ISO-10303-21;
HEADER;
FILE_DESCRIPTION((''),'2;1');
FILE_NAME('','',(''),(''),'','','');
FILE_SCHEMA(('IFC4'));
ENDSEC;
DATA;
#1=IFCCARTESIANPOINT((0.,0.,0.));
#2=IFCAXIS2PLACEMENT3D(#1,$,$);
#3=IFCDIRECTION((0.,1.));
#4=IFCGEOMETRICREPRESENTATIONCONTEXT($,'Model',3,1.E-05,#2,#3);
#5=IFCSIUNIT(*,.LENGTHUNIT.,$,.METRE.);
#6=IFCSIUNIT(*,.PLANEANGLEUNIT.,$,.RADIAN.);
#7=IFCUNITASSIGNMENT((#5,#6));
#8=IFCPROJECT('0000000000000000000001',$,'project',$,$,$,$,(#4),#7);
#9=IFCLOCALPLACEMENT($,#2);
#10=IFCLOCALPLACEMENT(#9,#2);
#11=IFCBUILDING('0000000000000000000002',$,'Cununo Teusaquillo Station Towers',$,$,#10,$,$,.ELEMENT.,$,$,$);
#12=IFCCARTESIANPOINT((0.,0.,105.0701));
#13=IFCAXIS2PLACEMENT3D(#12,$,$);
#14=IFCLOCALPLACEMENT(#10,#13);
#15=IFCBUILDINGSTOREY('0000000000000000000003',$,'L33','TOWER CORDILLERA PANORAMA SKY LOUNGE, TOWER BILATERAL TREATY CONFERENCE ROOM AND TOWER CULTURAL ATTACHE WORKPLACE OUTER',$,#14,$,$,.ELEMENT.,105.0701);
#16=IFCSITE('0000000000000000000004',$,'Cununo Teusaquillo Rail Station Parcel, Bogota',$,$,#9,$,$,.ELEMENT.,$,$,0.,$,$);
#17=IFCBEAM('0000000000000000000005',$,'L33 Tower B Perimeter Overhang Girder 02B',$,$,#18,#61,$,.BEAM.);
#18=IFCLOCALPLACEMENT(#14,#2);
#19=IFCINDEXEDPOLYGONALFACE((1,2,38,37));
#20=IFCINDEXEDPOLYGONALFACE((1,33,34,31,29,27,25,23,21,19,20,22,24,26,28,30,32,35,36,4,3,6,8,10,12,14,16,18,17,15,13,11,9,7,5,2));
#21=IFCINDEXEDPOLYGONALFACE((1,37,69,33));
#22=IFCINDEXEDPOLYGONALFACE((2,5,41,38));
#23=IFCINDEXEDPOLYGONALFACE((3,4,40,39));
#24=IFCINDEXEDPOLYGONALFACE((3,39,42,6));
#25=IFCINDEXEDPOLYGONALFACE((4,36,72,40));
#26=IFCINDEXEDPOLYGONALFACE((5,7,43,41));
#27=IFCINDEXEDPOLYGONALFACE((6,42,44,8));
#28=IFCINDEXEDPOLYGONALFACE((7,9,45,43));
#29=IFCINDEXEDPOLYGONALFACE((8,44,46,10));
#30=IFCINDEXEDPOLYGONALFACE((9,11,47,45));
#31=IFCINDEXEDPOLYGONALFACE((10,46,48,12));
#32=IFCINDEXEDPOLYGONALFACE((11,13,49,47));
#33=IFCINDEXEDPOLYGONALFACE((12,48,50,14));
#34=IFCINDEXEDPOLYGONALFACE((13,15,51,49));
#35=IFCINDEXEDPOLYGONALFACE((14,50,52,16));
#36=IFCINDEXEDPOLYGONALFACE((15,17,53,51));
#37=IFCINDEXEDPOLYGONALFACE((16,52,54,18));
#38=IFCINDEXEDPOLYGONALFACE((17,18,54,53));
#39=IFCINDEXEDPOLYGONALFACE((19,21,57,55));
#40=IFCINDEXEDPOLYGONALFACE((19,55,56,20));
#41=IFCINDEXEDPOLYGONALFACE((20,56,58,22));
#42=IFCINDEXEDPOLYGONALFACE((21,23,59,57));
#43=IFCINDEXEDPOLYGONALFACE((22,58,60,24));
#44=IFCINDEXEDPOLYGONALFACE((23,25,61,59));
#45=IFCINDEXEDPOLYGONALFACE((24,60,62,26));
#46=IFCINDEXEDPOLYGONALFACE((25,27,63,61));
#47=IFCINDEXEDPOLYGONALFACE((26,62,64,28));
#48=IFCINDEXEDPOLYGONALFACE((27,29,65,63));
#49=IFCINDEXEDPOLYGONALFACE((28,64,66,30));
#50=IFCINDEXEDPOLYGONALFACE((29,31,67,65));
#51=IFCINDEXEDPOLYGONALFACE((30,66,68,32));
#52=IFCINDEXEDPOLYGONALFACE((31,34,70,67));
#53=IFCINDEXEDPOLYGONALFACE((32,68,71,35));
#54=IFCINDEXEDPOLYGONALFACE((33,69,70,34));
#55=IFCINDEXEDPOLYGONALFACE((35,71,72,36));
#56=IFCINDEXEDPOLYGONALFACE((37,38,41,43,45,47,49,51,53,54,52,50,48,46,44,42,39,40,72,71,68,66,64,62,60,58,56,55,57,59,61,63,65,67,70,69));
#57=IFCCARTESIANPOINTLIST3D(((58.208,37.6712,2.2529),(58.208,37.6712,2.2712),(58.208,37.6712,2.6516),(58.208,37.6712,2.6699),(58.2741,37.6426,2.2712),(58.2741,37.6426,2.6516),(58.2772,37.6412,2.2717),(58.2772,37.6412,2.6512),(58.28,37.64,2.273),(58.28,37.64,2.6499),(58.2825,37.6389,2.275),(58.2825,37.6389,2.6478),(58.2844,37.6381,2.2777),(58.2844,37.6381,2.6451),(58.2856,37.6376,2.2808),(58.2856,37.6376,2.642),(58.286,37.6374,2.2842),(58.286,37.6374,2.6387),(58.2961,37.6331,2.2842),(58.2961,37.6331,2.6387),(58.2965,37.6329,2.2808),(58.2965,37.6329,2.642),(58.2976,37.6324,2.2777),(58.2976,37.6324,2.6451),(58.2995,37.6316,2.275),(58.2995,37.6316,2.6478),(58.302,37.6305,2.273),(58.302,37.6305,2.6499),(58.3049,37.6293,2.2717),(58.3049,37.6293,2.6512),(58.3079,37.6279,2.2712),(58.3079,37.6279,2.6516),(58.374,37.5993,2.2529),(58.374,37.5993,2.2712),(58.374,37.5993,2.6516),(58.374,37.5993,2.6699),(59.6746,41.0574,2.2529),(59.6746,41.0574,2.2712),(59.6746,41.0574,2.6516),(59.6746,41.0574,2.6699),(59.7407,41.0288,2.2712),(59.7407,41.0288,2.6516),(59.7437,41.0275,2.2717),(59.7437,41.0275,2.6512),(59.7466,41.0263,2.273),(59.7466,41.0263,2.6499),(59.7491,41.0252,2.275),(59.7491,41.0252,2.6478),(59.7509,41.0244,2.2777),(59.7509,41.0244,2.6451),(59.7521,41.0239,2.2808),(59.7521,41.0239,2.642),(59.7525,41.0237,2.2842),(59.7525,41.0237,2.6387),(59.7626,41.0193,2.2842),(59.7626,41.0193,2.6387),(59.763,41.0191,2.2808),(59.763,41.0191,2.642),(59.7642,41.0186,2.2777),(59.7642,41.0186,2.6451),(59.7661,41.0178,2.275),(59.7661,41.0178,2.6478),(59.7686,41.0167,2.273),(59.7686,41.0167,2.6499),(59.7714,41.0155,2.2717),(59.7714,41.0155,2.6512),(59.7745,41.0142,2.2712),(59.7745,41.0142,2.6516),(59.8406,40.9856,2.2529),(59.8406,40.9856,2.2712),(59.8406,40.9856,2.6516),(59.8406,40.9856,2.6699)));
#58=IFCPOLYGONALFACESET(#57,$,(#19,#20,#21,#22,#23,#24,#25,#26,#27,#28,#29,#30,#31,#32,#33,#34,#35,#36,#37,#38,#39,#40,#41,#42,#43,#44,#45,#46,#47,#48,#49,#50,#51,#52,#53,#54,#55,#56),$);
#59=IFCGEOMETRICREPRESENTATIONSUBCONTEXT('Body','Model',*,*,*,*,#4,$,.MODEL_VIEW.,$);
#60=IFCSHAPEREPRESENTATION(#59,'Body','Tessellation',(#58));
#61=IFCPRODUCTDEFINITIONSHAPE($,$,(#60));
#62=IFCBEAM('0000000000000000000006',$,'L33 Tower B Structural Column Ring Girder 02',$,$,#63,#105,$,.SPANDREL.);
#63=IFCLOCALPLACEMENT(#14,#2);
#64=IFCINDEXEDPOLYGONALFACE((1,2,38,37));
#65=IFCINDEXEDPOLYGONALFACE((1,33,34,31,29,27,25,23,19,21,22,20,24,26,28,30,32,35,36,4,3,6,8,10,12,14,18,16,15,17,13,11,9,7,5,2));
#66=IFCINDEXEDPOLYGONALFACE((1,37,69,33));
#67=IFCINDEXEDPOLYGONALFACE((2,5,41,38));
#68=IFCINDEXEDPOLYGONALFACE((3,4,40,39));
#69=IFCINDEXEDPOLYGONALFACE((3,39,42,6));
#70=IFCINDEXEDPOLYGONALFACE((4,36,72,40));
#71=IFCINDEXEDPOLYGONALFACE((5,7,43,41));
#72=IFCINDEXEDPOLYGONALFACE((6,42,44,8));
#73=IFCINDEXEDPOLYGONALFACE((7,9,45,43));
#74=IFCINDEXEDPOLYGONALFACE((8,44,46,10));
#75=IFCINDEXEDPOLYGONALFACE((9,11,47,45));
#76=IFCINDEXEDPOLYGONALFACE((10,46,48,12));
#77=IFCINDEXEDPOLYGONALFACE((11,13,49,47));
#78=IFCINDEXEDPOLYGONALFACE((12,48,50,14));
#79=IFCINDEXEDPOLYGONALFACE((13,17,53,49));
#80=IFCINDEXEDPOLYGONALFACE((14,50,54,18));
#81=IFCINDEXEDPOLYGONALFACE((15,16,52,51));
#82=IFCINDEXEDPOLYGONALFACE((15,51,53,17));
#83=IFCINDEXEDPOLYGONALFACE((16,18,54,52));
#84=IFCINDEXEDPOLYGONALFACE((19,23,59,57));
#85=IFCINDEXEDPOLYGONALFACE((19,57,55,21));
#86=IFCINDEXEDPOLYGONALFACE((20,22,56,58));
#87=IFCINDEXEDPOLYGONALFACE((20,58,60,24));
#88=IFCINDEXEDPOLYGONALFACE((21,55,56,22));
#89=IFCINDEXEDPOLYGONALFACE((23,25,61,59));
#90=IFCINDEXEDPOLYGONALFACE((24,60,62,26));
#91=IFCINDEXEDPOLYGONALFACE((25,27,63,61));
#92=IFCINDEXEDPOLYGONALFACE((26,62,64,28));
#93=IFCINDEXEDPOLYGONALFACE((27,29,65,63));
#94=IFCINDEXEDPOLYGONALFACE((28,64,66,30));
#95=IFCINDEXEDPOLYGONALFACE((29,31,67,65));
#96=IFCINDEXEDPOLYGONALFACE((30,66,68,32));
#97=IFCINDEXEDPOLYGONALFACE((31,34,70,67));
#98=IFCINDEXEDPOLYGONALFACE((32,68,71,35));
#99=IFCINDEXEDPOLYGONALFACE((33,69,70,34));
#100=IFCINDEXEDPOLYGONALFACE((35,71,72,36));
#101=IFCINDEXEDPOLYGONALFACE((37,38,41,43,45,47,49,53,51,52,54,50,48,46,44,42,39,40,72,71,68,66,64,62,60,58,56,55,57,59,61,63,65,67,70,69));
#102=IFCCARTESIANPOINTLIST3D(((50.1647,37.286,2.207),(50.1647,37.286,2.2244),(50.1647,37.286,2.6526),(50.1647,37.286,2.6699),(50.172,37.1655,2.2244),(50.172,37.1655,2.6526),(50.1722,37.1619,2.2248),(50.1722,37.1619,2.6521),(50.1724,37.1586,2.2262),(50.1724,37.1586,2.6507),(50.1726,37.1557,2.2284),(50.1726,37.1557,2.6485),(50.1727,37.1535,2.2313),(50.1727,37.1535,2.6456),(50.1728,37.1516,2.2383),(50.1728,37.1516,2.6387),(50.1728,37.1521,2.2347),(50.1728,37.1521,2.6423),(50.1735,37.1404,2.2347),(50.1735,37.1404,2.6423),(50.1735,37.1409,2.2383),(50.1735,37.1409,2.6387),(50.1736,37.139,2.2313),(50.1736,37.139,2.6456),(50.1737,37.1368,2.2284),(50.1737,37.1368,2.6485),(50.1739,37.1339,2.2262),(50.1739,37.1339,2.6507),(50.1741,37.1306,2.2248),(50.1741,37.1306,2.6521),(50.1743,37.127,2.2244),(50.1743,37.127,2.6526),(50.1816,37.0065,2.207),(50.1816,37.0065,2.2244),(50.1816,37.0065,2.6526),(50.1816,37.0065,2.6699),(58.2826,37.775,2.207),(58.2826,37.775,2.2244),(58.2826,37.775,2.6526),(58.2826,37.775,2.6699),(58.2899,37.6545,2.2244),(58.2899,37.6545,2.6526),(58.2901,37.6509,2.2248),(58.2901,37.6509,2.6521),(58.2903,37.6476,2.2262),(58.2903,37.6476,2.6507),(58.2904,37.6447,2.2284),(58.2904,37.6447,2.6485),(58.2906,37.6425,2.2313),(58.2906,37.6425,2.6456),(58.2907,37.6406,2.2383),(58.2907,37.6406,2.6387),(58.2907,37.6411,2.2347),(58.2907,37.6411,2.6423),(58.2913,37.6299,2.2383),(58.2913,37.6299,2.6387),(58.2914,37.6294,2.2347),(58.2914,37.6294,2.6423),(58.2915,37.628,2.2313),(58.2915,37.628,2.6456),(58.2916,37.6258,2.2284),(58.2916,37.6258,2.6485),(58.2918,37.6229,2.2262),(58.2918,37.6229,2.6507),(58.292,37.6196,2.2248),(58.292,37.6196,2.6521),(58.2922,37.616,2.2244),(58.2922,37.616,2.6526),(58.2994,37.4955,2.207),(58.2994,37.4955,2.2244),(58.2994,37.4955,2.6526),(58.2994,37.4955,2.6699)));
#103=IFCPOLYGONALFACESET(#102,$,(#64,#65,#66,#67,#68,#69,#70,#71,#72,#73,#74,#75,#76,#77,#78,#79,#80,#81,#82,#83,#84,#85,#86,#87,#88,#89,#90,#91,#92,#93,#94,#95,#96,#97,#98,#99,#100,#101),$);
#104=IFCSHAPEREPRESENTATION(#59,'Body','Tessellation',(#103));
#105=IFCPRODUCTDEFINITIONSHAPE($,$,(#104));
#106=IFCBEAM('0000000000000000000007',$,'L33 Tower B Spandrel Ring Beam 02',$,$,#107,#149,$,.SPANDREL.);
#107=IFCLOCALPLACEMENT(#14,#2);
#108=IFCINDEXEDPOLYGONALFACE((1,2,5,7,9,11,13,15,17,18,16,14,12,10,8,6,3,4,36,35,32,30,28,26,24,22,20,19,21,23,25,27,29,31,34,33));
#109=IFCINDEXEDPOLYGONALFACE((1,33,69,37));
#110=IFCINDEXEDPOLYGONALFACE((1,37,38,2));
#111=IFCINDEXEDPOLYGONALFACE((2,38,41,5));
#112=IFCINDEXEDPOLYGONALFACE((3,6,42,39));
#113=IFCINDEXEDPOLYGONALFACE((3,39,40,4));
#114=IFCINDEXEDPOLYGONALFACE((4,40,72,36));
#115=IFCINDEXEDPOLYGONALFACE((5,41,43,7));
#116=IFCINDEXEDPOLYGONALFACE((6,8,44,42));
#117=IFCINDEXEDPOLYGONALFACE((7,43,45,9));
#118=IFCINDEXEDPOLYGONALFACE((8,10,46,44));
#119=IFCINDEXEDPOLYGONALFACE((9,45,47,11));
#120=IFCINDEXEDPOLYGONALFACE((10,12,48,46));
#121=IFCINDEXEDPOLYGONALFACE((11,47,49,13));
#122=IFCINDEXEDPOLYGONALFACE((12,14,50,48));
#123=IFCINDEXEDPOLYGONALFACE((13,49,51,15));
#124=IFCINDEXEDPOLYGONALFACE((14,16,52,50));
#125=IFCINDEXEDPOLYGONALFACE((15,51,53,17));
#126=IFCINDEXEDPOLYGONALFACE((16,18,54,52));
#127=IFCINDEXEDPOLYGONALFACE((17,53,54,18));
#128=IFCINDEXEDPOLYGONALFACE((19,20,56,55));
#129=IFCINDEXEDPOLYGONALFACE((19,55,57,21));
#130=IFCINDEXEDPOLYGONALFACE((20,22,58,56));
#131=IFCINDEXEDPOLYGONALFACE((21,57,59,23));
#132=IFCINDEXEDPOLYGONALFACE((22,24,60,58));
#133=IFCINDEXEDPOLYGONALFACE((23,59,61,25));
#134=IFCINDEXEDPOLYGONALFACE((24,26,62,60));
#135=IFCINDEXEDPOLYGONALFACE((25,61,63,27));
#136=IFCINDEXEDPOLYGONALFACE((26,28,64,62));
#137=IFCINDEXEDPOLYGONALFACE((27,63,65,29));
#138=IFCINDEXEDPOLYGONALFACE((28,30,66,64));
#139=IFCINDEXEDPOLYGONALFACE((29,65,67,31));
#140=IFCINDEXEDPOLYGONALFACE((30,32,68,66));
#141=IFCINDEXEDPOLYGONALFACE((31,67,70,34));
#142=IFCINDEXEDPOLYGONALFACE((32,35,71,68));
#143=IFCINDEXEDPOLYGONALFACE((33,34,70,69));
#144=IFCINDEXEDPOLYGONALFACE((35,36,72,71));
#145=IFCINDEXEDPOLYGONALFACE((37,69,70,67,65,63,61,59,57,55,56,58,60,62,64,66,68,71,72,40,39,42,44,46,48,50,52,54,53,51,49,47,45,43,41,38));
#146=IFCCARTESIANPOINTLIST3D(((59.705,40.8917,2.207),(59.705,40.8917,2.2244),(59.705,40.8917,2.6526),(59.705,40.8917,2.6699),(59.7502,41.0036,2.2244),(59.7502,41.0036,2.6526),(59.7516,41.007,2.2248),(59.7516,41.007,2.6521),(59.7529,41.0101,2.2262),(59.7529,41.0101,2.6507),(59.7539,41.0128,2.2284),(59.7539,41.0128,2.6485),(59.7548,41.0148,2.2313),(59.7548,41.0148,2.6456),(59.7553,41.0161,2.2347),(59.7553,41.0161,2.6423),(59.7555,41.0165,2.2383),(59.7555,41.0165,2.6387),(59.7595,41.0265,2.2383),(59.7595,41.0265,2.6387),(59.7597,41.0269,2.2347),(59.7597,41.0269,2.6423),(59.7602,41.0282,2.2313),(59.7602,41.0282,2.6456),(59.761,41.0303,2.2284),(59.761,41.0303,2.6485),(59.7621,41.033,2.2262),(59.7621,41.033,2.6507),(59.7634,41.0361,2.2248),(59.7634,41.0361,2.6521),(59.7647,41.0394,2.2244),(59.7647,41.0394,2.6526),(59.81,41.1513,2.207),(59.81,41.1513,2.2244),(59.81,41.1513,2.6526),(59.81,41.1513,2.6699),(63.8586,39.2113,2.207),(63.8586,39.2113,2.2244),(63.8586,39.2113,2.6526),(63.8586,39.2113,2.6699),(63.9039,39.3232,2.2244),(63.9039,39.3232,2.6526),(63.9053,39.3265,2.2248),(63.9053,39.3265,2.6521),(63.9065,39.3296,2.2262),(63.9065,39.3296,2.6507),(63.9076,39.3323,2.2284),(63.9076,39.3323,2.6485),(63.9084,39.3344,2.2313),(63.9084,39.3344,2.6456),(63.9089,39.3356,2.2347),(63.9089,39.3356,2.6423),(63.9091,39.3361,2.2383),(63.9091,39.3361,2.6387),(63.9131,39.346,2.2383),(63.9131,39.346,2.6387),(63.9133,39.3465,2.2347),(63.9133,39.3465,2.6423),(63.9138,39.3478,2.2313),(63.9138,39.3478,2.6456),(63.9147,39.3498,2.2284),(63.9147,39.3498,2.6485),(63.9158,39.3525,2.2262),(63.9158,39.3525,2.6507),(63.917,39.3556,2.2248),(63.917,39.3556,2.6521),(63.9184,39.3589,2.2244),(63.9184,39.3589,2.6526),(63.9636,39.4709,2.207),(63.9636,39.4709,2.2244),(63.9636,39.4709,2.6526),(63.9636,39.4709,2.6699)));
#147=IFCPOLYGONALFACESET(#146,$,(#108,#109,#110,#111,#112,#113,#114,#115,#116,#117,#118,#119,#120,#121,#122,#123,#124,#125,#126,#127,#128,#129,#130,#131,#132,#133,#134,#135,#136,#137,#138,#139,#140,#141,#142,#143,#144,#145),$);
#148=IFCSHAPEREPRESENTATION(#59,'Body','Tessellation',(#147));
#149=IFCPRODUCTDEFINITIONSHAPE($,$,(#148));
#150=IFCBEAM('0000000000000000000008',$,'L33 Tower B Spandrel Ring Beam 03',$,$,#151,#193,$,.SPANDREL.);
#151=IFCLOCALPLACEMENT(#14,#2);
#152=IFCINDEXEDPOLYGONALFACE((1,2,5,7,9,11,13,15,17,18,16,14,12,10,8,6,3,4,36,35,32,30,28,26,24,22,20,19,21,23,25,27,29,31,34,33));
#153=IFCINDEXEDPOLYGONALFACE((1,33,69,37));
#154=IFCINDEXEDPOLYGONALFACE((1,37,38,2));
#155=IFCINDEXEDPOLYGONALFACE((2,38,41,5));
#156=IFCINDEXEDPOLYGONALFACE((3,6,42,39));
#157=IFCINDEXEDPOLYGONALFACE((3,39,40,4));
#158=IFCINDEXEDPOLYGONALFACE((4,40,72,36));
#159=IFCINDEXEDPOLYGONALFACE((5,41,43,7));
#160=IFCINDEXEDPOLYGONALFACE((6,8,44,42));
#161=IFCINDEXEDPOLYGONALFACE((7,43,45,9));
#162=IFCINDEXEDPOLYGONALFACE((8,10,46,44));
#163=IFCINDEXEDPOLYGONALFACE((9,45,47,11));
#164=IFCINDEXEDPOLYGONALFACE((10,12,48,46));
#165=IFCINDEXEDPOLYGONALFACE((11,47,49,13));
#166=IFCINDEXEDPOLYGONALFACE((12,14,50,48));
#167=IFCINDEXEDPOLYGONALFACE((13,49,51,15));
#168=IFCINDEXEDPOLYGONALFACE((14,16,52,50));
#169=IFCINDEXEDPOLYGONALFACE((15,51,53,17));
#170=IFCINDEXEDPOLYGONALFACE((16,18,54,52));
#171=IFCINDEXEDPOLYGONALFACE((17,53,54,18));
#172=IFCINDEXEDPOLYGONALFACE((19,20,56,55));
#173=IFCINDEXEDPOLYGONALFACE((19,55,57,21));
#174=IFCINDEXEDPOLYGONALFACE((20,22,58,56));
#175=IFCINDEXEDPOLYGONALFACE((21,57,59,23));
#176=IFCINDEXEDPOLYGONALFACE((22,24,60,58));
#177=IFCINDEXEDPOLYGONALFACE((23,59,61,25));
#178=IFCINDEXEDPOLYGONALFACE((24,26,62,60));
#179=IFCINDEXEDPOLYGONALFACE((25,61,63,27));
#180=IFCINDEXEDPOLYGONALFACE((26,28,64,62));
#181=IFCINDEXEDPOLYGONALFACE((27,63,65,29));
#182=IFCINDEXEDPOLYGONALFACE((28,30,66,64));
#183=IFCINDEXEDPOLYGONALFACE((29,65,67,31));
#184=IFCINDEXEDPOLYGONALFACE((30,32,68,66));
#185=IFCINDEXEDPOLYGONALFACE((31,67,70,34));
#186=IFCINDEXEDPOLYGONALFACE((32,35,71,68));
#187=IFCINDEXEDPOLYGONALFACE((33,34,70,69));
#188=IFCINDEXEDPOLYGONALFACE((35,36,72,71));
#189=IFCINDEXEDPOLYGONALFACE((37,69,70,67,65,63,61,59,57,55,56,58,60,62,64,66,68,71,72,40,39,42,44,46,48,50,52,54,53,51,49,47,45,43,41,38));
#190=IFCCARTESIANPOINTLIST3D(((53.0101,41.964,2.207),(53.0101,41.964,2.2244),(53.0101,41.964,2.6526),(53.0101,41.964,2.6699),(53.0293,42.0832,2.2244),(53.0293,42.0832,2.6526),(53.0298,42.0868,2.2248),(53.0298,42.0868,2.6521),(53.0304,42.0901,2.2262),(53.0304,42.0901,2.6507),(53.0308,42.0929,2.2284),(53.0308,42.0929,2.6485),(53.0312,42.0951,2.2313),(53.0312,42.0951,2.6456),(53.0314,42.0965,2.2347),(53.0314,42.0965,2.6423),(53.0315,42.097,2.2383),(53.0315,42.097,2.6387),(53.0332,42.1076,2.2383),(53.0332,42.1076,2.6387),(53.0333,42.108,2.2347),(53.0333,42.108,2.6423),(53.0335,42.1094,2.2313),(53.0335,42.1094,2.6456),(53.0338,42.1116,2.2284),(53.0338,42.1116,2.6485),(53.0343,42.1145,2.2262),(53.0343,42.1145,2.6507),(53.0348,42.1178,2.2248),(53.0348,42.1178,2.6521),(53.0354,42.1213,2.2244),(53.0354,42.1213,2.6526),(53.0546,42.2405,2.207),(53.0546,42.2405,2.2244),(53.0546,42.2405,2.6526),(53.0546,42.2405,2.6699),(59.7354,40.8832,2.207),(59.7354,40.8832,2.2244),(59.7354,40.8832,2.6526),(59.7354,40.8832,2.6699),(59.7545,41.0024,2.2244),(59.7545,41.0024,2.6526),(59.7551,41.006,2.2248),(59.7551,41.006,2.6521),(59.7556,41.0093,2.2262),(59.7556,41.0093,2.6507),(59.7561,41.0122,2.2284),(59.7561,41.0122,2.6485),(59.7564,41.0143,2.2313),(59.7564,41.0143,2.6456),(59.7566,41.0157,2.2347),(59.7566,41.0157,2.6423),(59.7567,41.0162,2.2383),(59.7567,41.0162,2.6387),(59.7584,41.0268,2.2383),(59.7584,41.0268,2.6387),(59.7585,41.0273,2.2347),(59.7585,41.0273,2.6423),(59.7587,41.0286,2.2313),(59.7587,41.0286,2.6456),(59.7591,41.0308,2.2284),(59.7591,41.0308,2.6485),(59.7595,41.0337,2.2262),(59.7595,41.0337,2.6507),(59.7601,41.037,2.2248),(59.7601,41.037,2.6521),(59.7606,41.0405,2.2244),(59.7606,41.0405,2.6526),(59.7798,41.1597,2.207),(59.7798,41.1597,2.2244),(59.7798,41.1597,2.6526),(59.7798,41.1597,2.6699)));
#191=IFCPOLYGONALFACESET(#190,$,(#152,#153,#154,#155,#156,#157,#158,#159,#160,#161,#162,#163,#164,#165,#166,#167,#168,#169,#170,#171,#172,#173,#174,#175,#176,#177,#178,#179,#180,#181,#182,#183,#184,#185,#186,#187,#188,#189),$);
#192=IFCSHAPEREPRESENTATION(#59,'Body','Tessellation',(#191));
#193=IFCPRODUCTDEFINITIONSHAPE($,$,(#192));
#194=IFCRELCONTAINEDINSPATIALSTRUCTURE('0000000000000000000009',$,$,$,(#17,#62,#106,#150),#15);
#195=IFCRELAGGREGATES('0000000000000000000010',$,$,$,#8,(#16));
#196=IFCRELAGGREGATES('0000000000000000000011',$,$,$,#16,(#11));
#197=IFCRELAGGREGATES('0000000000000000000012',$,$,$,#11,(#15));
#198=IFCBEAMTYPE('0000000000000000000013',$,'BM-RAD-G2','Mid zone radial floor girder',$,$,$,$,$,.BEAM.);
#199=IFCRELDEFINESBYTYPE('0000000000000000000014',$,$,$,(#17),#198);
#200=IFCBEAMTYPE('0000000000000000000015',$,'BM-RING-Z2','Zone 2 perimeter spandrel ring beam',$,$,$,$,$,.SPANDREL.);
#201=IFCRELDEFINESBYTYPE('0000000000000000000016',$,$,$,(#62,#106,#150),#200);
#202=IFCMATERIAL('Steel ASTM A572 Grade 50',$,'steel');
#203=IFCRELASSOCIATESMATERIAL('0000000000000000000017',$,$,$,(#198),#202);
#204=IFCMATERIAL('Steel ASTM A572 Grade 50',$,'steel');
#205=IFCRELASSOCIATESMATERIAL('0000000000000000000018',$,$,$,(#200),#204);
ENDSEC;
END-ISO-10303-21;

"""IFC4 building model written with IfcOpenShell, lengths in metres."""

from ifc_helpers import new_model, si_unit, direction, frame, origin, origin_2d, place, context, subcontext, project, spatial, i_section, extrude, material, material_profile, profile_set, type_object, element, save


model = new_model("IFC4")

# Units and contexts
model_context = context("Model", 3, precision=1e-05, world=origin(), true_north=direction((0.0, 1.0)))
body_context = subcontext(model_context, "Body", "Model", "MODEL_VIEW")
ifc_project = project(units=[si_unit("LENGTHUNIT", "METRE"), si_unit("PLANEANGLEUNIT", "RADIAN")], contexts=[model_context])

# Site, building, storey
site_placement = place(None, origin())
site = spatial("IfcSite", under=ifc_project, at=site_placement, Name="Cununo Teusaquillo Rail Station Parcel, Bogota", CompositionType="ELEMENT", RefElevation=0.0)
building_placement = place(site_placement, origin())
building = spatial("IfcBuilding", under=site, at=building_placement, Name="Cununo Teusaquillo Station Towers", CompositionType="ELEMENT")
storey_placement = place(building_placement, frame((0.0, 0.0, 105.0701)))
storey = spatial("IfcBuildingStorey", under=building, at=storey_placement, Name="L33", Description="TOWER CORDILLERA PANORAMA SKY LOUNGE, TOWER BILATERAL TREATY CONFERENCE ROOM AND TOWER CULTURAL ATTACHE WORKPLACE OUTER", CompositionType="ELEMENT", Elevation=105.0701)

# Beams
ifc_material_1 = material(Name="Steel ASTM A572 Grade 50", Category="steel")
ifc_material_profile_1 = material_profile(ifc_material_1, i_section(OverallWidth=0.1809, OverallDepth=0.417, WebThickness=0.011, FlangeThickness=0.0183, FilletRadius=0.0129, at=origin_2d()), Name="W16X57")
ifc_profile_set_1 = profile_set([ifc_material_profile_1], Name="Steel ASTM A572 Grade 50")
beam_type_1 = type_object("IfcBeamType", Name="BM-RAD-G2", Description="Mid zone radial floor girder", PredefinedType="BEAM", material=ifc_profile_set_1)
beam_1_placement = place(storey_placement, frame((58.291, 37.6353, 2.4614), z_axis=(0.397422, 0.917636, 0.0), x_axis=(-0.917636, 0.397422, 0.0)))
element("IfcBeam", 1, at=beam_1_placement, inside=storey, type_object=beam_type_1, Name="L33 Tower B Perimeter Overhang Girder 02B", PredefinedType="BEAM", context=body_context, shape_type="SweptSolid", body=[
    extrude(i_section(OverallWidth=0.1809, OverallDepth=0.417, WebThickness=0.011, FlangeThickness=0.0183, FilletRadius=0.0129, at=origin_2d()), origin(), (0.0, 0.0, 1.0), 3.6902),
])
ifc_material_2 = material(Name="Steel ASTM A572 Grade 50", Category="steel")
ifc_material_profile_2 = material_profile(ifc_material_2, i_section(OverallWidth=0.28, OverallDepth=0.4629, WebThickness=0.0107, FlangeThickness=0.0173, FilletRadius=0.0139, at=origin_2d()), Name="W18X76")
ifc_profile_set_2 = profile_set([ifc_material_profile_2], Name="Steel ASTM A572 Grade 50")
beam_type_2 = type_object("IfcBeamType", Name="BM-RING-Z2", Description="Zone 2 perimeter spandrel ring beam", PredefinedType="SPANDREL", material=ifc_profile_set_2)
beam_2_placement = place(storey_placement, frame((58.291, 37.6353, 2.4385), z_axis=(-0.998191, -0.06013, 0.0), x_axis=(0.06013, -0.998191, 0.0)))
element("IfcBeam", 2, at=beam_2_placement, inside=storey, type_object=beam_type_2, Name="L33 Tower B Structural Column Ring Girder 02", PredefinedType="SPANDREL", context=body_context, shape_type="SweptSolid", body=[
    extrude(i_section(OverallWidth=0.28, OverallDepth=0.4629, WebThickness=0.0107, FlangeThickness=0.0173, FilletRadius=0.0139, at=origin_2d()), origin(), (0.0, 0.0, 1.0), 8.1326),
])
beam_3_placement = place(storey_placement, frame((63.9111, 39.3411, 2.4385), z_axis=(-0.927008, 0.375042, 0.0), x_axis=(-0.375042, -0.927008, 0.0)))
element("IfcBeam", 3, at=beam_3_placement, inside=storey, type_object=beam_type_2, Name="L33 Tower B Spandrel Ring Beam 02", PredefinedType="SPANDREL", context=body_context, shape_type="SweptSolid", body=[
    extrude(i_section(OverallWidth=0.28, OverallDepth=0.4629, WebThickness=0.0107, FlangeThickness=0.0173, FilletRadius=0.0139, at=origin_2d()), origin(), (0.0, 0.0, 1.0), 4.4807),
])
beam_4_placement = place(storey_placement, frame((59.7576, 41.0215, 2.4385), z_axis=(-0.987331, 0.158671, 0.0), x_axis=(-0.158671, -0.987331, 0.0)))
element("IfcBeam", 4, at=beam_4_placement, inside=storey, type_object=beam_type_2, Name="L33 Tower B Spandrel Ring Beam 03", PredefinedType="SPANDREL", context=body_context, shape_type="SweptSolid", body=[
    extrude(i_section(OverallWidth=0.28, OverallDepth=0.4629, WebThickness=0.0107, FlangeThickness=0.0173, FilletRadius=0.0139, at=origin_2d()), origin(), (0.0, 0.0, 1.0), 6.8115),
])

save(model, "model.ifc")
